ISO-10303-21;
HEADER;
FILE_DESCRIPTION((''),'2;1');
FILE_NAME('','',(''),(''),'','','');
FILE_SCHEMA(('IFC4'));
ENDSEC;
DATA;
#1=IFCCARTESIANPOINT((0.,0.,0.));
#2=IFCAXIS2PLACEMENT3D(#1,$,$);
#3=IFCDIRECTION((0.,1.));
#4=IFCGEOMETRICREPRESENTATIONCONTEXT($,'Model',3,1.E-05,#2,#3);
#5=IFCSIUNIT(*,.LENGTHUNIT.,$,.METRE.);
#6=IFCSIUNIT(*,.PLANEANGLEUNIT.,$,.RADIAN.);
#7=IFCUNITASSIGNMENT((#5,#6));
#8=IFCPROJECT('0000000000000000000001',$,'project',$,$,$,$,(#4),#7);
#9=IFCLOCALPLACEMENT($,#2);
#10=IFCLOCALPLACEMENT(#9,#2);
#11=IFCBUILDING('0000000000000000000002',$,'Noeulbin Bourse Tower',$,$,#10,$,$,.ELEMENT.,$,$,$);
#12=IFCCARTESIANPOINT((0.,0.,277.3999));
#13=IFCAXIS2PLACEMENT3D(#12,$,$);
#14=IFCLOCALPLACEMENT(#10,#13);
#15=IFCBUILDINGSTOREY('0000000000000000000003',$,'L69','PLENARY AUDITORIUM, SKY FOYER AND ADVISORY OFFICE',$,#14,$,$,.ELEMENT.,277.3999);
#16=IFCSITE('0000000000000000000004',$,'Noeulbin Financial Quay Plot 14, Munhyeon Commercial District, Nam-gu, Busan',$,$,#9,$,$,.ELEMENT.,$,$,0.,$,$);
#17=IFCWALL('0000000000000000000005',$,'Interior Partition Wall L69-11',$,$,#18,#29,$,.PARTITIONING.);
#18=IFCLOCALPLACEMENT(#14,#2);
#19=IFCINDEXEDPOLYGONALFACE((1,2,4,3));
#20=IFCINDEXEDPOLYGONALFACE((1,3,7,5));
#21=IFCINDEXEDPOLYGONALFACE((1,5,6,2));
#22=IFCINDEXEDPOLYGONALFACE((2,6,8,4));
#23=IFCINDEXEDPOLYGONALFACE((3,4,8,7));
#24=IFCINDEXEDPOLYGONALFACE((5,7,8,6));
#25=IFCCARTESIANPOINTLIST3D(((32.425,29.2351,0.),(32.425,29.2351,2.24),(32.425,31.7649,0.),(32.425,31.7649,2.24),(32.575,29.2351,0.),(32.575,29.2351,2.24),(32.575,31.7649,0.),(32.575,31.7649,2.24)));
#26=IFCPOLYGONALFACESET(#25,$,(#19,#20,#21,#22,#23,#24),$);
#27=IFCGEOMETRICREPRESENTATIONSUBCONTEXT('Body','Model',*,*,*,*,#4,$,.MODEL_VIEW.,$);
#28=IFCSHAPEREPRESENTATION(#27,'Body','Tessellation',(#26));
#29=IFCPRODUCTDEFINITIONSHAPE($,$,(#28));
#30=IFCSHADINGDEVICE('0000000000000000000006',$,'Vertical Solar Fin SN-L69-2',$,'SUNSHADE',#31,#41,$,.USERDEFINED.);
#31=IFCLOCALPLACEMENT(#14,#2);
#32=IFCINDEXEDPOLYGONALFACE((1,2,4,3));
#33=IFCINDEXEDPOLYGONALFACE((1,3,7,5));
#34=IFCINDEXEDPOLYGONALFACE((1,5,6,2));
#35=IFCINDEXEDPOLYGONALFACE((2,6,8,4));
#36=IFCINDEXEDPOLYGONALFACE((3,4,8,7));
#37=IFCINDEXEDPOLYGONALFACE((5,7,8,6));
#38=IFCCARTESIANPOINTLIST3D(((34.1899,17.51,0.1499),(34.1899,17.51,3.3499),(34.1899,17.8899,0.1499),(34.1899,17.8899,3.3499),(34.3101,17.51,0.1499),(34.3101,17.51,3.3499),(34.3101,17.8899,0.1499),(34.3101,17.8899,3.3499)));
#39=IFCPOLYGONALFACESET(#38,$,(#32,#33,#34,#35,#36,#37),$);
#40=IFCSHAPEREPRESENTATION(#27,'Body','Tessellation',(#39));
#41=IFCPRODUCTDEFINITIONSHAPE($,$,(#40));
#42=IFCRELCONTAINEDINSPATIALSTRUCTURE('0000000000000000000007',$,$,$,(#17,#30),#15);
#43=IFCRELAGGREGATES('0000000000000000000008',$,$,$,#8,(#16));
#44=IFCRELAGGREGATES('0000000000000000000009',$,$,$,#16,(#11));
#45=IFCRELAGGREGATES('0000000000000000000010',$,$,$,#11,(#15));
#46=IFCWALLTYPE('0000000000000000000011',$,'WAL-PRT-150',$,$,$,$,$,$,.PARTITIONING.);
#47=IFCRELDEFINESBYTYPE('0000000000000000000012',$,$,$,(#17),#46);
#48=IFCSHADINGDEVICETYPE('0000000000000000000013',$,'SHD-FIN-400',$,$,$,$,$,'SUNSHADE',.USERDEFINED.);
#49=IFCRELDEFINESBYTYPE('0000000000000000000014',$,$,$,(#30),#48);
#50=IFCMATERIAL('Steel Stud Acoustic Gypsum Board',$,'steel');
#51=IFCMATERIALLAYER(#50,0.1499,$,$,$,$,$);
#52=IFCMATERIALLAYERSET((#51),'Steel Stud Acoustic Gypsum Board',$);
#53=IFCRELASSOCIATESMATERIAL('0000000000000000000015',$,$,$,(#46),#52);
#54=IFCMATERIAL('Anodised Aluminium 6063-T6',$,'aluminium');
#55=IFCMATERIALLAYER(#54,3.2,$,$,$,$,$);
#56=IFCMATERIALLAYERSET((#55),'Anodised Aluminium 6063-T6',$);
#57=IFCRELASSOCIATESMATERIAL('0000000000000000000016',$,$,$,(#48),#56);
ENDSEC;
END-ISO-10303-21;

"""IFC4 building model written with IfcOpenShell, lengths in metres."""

from ifc_helpers import new_model, si_unit, direction, frame, frame_2d, origin, origin_2d, place, context, subcontext, project, spatial, rectangle, extrude, material, layer, layer_set, type_object, element, save


model = new_model("IFC4")

# Units and contexts
model_context = context("Model", 3, precision=1e-05, world=origin(), true_north=direction((0.0, 1.0)))
body_context = subcontext(model_context, "Body", "Model", "MODEL_VIEW")
ifc_project = project(units=[si_unit("LENGTHUNIT", "METRE"), si_unit("PLANEANGLEUNIT", "RADIAN")], contexts=[model_context])

# Site, building, storey
site_placement = place(None, origin())
site = spatial("IfcSite", under=ifc_project, at=site_placement, Name="Noeulbin Financial Quay Plot 14, Munhyeon Commercial District, Nam-gu, Busan", CompositionType="ELEMENT", RefElevation=0.0)
building_placement = place(site_placement, origin())
building = spatial("IfcBuilding", under=site, at=building_placement, Name="Noeulbin Bourse Tower", CompositionType="ELEMENT")
storey_placement = place(building_placement, frame((0.0, 0.0, 277.3999)))
storey = spatial("IfcBuildingStorey", under=building, at=storey_placement, Name="L69", Description="PLENARY AUDITORIUM, SKY FOYER AND ADVISORY OFFICE", CompositionType="ELEMENT", Elevation=277.3999)

# Shared definitions
ifc_material_1 = material(Name="Anodised Aluminium 6063-T6", Category="aluminium")

# Wall
ifc_material_2 = material(Name="Steel Stud Acoustic Gypsum Board", Category="steel")
ifc_layer_1 = layer(ifc_material_2, 0.1499)
ifc_layer_set_1 = layer_set([ifc_layer_1], Name="Steel Stud Acoustic Gypsum Board")
wall_type_1 = type_object("IfcWallType", Name="WAL-PRT-150", PredefinedType="PARTITIONING", material=ifc_layer_set_1)
wall_1_placement = place(storey_placement, frame((32.5, 29.2351, 0.0), z_axis=(0.0, 0.0, 1.0), x_axis=(0.0, 1.0, 0.0)))
element("IfcWall", 1, at=wall_1_placement, inside=storey, type_object=wall_type_1, Name="Interior Partition Wall L69-11", PredefinedType="PARTITIONING", context=body_context, shape_type="SweptSolid", body=[
    extrude(rectangle(XDim=2.5298, YDim=0.1499, at=frame_2d((1.2649, 0.0))), origin(), (0.0, 0.0, 1.0), 2.24),
])

# Shading device
ifc_layer_2 = layer(ifc_material_1, 3.2)
ifc_layer_set_2 = layer_set([ifc_layer_2], Name="Anodised Aluminium 6063-T6")
shading_device_type = type_object("IfcShadingDeviceType", Name="SHD-FIN-400", ElementType="SUNSHADE", PredefinedType="USERDEFINED", material=ifc_layer_set_2)
shading_device_placement = place(storey_placement, frame((34.25, 17.7, 0.1499), z_axis=(0.0, 0.0, 1.0), x_axis=(1.0, 0.0, 0.0)))
element("IfcShadingDevice", 2, at=shading_device_placement, inside=storey, type_object=shading_device_type, Name="Vertical Solar Fin SN-L69-2", ObjectType="SUNSHADE", PredefinedType="USERDEFINED", context=body_context, shape_type="SweptSolid", body=[
    extrude(rectangle(XDim=0.1201, YDim=0.3799, at=origin_2d()), origin(), (0.0, 0.0, 1.0), 3.2),
])

save(model, "model.ifc")
